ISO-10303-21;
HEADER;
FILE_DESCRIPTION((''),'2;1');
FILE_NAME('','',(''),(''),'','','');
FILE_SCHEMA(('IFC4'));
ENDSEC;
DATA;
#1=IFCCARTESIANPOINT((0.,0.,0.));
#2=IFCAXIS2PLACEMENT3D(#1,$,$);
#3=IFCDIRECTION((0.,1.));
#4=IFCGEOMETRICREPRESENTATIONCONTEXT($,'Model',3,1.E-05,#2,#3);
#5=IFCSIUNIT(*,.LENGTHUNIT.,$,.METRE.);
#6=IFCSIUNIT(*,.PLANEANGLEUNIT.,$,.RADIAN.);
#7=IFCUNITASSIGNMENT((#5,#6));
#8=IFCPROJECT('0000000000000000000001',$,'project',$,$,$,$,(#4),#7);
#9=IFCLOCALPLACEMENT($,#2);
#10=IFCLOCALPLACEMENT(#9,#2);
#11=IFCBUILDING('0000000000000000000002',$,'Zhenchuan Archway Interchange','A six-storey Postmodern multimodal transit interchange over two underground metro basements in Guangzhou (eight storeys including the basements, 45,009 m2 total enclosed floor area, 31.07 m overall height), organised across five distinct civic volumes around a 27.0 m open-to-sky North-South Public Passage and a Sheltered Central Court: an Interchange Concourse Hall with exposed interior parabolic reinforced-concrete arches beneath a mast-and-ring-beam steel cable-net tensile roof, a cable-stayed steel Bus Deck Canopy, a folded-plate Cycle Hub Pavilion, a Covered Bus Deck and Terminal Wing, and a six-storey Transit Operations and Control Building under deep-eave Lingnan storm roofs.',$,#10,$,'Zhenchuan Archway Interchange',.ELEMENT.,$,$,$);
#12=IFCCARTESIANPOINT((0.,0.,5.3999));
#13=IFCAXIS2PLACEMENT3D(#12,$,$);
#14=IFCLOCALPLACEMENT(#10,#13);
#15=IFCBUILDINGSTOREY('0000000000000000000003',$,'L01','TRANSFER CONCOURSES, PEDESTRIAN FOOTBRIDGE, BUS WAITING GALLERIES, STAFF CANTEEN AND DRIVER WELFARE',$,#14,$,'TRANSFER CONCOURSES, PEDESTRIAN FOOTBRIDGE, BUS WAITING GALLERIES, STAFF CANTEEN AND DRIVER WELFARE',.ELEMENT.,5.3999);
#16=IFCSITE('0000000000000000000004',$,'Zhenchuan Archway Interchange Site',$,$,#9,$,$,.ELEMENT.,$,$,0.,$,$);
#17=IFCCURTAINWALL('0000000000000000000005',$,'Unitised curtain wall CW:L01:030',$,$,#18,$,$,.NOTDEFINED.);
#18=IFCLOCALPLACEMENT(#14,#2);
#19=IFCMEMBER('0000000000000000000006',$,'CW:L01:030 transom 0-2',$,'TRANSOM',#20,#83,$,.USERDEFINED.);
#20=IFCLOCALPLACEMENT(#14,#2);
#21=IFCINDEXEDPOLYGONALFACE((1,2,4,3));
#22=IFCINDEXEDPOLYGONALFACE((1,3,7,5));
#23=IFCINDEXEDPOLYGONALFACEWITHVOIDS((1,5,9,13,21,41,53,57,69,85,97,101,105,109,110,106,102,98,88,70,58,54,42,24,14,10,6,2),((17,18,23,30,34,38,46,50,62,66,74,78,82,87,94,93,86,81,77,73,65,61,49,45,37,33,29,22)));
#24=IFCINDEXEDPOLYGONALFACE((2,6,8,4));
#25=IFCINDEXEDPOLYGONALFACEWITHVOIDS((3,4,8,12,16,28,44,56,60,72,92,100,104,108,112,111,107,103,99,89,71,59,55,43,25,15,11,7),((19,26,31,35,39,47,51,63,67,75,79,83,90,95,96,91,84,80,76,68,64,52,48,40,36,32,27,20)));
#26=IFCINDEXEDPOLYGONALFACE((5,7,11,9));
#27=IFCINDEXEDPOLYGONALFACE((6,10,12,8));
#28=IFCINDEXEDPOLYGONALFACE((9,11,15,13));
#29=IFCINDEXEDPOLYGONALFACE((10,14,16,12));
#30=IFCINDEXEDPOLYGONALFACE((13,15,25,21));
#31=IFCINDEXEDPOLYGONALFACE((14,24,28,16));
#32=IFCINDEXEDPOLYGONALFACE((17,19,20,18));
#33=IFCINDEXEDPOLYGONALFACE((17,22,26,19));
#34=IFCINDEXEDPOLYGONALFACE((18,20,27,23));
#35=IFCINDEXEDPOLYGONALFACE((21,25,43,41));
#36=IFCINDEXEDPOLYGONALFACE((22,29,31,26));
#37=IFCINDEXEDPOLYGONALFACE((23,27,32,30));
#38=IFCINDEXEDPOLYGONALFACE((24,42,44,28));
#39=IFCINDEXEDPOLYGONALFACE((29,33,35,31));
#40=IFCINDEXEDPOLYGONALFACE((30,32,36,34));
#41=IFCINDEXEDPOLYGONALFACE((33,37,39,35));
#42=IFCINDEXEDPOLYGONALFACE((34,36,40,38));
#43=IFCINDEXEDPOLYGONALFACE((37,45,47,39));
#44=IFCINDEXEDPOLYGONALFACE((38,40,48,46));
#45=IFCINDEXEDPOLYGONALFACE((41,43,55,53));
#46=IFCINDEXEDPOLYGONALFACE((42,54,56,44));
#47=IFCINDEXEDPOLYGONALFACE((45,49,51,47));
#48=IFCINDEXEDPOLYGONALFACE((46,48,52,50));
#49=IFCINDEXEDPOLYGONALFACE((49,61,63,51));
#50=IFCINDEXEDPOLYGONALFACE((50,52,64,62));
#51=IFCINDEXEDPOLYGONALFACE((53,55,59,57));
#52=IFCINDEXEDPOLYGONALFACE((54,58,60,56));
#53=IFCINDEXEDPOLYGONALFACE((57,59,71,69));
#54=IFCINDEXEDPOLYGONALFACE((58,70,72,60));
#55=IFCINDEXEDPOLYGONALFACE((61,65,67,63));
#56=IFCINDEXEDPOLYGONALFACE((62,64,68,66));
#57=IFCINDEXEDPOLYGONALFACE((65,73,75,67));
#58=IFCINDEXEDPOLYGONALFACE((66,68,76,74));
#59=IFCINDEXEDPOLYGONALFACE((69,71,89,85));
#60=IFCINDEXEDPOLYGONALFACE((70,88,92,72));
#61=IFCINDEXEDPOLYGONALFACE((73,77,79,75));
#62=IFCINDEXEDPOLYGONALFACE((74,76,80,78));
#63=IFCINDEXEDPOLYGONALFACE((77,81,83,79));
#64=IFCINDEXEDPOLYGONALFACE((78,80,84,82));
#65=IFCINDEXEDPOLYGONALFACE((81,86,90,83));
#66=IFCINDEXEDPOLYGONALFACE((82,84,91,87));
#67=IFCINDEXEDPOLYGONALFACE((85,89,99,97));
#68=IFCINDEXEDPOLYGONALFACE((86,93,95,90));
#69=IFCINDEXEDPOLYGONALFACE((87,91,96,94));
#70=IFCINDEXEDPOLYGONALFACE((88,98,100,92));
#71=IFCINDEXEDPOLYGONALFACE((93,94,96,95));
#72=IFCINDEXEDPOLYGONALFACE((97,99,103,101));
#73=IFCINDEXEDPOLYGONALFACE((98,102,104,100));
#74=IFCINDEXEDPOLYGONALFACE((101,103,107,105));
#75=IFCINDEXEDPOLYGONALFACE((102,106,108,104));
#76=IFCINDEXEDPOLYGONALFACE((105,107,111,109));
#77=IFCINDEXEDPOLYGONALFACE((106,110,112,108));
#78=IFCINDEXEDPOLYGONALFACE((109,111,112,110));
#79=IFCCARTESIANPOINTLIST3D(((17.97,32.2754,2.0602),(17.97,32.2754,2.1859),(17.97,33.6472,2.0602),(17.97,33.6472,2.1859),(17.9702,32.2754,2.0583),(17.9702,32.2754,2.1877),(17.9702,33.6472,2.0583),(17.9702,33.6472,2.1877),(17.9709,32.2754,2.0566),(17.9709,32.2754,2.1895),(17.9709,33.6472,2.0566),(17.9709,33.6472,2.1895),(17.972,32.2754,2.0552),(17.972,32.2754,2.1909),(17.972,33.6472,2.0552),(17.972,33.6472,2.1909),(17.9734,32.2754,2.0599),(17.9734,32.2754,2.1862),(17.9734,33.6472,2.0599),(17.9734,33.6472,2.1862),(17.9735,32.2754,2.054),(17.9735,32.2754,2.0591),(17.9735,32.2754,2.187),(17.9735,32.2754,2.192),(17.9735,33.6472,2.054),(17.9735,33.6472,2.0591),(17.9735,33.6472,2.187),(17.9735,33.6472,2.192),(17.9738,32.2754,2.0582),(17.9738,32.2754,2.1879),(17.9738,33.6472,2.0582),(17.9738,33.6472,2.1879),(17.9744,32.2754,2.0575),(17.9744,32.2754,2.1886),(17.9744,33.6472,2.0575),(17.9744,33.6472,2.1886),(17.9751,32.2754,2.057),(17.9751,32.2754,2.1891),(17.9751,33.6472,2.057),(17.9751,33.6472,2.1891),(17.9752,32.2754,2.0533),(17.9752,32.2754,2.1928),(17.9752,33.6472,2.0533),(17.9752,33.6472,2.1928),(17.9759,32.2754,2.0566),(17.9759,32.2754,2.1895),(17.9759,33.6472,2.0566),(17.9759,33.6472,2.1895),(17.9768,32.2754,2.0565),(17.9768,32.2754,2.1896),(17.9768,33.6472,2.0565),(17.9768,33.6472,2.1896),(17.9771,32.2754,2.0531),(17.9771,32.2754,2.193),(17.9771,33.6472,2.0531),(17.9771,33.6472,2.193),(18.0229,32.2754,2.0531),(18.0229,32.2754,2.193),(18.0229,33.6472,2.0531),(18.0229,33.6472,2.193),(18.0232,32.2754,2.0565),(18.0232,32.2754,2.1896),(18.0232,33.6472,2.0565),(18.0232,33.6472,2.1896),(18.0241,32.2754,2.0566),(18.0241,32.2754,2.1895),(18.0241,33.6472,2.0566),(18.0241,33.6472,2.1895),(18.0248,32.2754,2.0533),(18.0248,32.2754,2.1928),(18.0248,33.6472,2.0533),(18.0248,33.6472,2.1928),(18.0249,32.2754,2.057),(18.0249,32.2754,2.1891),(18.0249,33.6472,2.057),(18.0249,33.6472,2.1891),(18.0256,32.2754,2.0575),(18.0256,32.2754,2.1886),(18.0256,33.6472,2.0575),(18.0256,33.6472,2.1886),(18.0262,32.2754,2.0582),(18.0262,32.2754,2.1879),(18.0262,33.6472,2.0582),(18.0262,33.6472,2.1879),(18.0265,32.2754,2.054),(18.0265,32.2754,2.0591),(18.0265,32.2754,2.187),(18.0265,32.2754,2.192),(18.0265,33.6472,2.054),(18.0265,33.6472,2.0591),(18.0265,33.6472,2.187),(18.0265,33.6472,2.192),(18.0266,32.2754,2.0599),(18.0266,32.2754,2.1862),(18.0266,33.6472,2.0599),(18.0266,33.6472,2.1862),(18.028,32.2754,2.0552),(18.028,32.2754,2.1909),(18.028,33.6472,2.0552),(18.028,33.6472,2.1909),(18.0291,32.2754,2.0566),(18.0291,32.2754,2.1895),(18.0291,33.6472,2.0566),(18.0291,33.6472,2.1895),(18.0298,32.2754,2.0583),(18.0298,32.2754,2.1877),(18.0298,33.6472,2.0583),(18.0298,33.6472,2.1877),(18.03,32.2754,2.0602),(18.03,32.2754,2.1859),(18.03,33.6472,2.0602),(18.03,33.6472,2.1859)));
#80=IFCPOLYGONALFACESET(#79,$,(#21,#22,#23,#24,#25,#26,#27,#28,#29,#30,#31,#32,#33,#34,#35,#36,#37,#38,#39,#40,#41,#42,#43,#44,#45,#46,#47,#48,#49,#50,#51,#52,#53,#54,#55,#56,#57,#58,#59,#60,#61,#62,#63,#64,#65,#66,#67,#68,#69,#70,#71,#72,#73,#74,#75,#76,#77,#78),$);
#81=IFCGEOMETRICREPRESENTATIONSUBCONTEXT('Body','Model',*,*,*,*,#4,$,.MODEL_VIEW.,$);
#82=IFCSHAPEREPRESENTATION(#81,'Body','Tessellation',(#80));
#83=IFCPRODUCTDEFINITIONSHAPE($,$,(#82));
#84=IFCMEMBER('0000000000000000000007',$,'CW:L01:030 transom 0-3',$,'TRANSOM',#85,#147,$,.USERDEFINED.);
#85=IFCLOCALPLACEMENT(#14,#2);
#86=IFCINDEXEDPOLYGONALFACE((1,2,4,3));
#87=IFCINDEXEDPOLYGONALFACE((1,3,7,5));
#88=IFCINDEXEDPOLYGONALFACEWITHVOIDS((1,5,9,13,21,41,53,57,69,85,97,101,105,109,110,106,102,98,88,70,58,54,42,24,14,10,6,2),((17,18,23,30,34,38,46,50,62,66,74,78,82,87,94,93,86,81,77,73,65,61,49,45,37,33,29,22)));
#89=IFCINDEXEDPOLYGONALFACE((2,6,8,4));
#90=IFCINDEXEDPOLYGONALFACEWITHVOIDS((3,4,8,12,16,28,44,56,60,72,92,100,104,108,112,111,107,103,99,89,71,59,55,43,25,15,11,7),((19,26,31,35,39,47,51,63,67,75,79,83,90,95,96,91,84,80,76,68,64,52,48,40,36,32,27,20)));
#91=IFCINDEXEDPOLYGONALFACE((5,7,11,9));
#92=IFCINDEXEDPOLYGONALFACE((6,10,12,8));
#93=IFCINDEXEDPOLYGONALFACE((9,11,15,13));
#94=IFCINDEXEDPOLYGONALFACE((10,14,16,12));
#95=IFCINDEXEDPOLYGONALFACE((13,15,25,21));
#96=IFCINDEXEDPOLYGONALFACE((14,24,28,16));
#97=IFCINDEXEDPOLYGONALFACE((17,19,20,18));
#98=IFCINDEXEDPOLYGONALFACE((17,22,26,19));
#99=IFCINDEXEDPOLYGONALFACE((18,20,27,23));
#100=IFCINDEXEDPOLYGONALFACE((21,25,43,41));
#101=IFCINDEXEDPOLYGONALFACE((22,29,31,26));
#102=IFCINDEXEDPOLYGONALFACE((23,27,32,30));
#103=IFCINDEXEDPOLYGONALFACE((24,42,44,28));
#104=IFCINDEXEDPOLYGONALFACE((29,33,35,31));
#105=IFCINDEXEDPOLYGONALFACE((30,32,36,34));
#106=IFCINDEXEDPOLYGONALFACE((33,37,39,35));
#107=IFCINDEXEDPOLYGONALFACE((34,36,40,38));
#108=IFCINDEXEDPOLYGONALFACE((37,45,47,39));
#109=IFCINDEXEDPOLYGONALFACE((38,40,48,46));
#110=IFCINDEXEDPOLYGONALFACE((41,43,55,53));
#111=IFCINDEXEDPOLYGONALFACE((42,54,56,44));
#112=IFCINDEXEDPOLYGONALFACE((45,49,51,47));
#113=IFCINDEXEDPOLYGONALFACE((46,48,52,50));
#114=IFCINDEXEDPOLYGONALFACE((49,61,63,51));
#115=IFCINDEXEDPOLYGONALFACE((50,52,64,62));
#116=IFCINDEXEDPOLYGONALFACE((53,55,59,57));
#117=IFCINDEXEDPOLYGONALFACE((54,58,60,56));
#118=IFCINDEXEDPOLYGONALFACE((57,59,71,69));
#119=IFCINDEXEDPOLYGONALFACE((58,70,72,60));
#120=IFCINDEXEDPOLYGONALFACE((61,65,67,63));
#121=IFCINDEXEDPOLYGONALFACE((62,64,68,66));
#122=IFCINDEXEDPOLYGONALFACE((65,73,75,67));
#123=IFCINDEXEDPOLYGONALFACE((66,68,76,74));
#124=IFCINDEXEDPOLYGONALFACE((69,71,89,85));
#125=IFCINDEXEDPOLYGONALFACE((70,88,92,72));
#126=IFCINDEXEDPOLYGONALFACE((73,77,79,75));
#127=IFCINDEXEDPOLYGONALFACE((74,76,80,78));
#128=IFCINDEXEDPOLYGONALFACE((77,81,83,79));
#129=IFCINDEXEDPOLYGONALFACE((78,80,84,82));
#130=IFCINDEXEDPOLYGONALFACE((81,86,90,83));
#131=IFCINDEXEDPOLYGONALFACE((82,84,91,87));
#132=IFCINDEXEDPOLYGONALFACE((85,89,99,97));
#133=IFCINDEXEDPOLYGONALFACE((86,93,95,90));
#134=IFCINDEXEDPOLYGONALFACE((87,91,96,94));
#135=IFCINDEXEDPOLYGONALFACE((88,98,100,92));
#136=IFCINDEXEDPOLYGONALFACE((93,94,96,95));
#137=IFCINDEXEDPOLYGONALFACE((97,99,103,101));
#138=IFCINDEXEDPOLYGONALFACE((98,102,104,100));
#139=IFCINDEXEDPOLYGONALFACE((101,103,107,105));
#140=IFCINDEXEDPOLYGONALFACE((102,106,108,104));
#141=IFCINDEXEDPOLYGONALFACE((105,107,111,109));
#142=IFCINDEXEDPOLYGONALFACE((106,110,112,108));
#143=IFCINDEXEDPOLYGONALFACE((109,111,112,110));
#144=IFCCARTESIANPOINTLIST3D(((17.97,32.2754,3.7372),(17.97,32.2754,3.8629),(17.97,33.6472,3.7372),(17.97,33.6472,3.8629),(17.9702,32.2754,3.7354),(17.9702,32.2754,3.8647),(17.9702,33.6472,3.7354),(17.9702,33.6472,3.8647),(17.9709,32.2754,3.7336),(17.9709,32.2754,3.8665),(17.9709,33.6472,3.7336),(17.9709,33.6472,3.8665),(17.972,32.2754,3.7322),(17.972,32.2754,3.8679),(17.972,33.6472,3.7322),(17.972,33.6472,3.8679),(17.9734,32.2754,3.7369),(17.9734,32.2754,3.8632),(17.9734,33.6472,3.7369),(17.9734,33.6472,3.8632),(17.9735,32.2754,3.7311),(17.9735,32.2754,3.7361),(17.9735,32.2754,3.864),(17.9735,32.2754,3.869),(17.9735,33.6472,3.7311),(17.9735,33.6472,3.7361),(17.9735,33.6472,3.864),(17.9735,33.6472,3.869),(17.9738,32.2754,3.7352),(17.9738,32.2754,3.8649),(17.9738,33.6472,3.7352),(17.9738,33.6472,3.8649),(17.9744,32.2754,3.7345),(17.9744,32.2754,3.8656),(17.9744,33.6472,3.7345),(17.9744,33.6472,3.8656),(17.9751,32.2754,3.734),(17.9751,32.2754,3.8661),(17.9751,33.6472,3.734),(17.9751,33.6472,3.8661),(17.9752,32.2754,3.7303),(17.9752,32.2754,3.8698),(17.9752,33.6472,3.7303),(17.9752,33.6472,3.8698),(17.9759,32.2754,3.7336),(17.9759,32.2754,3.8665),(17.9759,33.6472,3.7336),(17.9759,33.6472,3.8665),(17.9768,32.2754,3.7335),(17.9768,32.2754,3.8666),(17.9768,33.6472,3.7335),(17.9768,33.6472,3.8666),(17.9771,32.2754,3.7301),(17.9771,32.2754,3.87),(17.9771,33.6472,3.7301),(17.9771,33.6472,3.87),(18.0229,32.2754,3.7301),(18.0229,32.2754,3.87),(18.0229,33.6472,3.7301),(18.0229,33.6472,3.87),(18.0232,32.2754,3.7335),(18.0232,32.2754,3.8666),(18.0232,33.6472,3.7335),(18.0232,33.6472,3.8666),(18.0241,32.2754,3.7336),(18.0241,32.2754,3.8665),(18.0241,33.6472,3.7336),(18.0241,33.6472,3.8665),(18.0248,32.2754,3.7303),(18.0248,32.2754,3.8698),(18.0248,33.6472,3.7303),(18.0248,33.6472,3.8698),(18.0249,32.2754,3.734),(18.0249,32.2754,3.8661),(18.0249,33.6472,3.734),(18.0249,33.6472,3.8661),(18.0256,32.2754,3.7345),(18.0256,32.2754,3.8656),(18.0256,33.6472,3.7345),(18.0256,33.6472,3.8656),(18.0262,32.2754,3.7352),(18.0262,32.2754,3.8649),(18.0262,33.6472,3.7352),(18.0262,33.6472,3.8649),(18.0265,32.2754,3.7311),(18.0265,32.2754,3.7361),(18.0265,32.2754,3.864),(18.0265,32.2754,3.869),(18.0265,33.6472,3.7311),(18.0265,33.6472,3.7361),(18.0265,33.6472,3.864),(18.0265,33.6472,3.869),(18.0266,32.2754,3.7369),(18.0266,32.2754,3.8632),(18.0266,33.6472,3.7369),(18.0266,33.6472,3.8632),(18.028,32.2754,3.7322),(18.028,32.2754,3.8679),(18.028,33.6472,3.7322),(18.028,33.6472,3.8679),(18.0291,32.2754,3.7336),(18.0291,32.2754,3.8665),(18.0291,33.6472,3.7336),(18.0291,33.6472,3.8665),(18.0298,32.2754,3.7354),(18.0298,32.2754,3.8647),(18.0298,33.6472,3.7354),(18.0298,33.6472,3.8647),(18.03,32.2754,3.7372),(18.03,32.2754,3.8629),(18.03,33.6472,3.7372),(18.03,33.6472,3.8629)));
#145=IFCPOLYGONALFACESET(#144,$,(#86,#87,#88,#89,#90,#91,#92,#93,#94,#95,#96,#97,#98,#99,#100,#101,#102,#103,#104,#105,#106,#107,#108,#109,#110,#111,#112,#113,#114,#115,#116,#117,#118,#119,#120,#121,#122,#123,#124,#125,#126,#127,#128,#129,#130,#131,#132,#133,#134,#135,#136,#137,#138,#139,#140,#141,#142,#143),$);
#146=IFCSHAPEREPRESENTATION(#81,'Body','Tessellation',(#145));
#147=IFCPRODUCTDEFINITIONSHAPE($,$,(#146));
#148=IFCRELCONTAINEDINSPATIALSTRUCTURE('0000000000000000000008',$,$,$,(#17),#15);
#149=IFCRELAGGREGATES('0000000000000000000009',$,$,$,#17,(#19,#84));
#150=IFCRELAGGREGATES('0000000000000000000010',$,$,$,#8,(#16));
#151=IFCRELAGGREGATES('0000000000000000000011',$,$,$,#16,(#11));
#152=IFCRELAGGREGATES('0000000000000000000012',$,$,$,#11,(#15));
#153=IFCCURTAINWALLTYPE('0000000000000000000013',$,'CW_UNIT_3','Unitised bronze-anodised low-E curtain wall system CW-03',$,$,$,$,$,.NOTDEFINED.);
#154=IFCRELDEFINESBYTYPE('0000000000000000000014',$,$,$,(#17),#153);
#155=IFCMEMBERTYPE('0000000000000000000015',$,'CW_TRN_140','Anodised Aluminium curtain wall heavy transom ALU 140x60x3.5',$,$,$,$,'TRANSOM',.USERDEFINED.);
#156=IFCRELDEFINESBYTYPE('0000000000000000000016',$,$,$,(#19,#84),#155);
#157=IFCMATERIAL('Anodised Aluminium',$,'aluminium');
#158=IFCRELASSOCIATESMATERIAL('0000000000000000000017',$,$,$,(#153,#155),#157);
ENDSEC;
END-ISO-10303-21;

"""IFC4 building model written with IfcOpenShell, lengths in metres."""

from ifc_helpers import new_model, si_unit, direction, frame, origin, origin_2d, place, context, subcontext, project, spatial, hollow_rectangle, extrude, material, material_profile, profile_set, type_object, element, aggregate, save


model = new_model("IFC4")

# Units and contexts
model_context = context("Model", 3, precision=1e-05, world=origin(), true_north=direction((0.0, 1.0)))
body_context = subcontext(model_context, "Body", "Model", "MODEL_VIEW")
ifc_project = project(units=[si_unit("LENGTHUNIT", "METRE"), si_unit("PLANEANGLEUNIT", "RADIAN")], contexts=[model_context])

# Site, building, storey
site_placement = place(None, origin())
site = spatial("IfcSite", under=ifc_project, at=site_placement, Name="Zhenchuan Archway Interchange Site", CompositionType="ELEMENT", RefElevation=0.0)
building_placement = place(site_placement, origin())
building = spatial("IfcBuilding", under=site, at=building_placement, Name="Zhenchuan Archway Interchange", Description="A six-storey Postmodern multimodal transit interchange over two underground metro basements in Guangzhou (eight storeys including the basements, 45,009 m2 total enclosed floor area, 31.07 m overall height), organised across five distinct civic volumes around a 27.0 m open-to-sky North-South Public Passage and a Sheltered Central Court: an Interchange Concourse Hall with exposed interior parabolic reinforced-concrete arches beneath a mast-and-ring-beam steel cable-net tensile roof, a cable-stayed steel Bus Deck Canopy, a folded-plate Cycle Hub Pavilion, a Covered Bus Deck and Terminal Wing, and a six-storey Transit Operations and Control Building under deep-eave Lingnan storm roofs.", LongName="Zhenchuan Archway Interchange", CompositionType="ELEMENT")
storey_placement = place(building_placement, frame((0.0, 0.0, 5.3999)))
storey = spatial("IfcBuildingStorey", under=building, at=storey_placement, Name="L01", Description="TRANSFER CONCOURSES, PEDESTRIAN FOOTBRIDGE, BUS WAITING GALLERIES, STAFF CANTEEN AND DRIVER WELFARE", LongName="TRANSFER CONCOURSES, PEDESTRIAN FOOTBRIDGE, BUS WAITING GALLERIES, STAFF CANTEEN AND DRIVER WELFARE", CompositionType="ELEMENT", Elevation=5.3999)

# Curtain wall
ifc_material_1 = material(Name="Anodised Aluminium", Category="aluminium")
curtain_wall_type_1 = type_object("IfcCurtainWallType", Name="CW_UNIT_3", Description="Unitised bronze-anodised low-E curtain wall system CW-03", PredefinedType="NOTDEFINED", material=ifc_material_1)
curtain_wall_1_placement = place(storey_placement, origin())
curtain_wall_1 = element("IfcCurtainWall", 1, at=curtain_wall_1_placement, inside=storey, type_object=curtain_wall_type_1, Name="Unitised curtain wall CW:L01:030", PredefinedType="NOTDEFINED")

# Members
ifc_material_profile_1 = material_profile(ifc_material_1, hollow_rectangle(XDim=0.0601, YDim=0.1399, WallThickness=0.0034, InnerFilletRadius=0.0034, OuterFilletRadius=0.0071, at=origin_2d()), Name="ALU 140x60x3.5")
ifc_profile_set_1 = profile_set([ifc_material_profile_1], Name="Anodised Aluminium")
member_type_1 = type_object("IfcMemberType", Name="CW_TRN_140", Description="Anodised Aluminium curtain wall heavy transom ALU 140x60x3.5", ElementType="TRANSOM", PredefinedType="USERDEFINED", material=ifc_profile_set_1)
member_1_placement = place(storey_placement, frame((18.0, 32.2754, 2.123), z_axis=(0.0, 1.0, 0.0), x_axis=(-1.0, 0.0, 0.0)))
member_1 = element("IfcMember", 2, at=member_1_placement, type_object=member_type_1, Name="CW:L01:030 transom 0-2", ObjectType="TRANSOM", PredefinedType="USERDEFINED", context=body_context, shape_type="SweptSolid", body=[
    extrude(hollow_rectangle(XDim=0.0601, YDim=0.1399, WallThickness=0.0034, InnerFilletRadius=0.0034, OuterFilletRadius=0.0071, at=origin_2d()), origin(), (0.0, 0.0, 1.0), 1.3718),
])
member_2_placement = place(storey_placement, frame((18.0, 32.2754, 3.8), z_axis=(0.0, 1.0, 0.0), x_axis=(-1.0, 0.0, 0.0)))
member_2 = element("IfcMember", 3, at=member_2_placement, type_object=member_type_1, Name="CW:L01:030 transom 0-3", ObjectType="TRANSOM", PredefinedType="USERDEFINED", context=body_context, shape_type="SweptSolid", body=[
    extrude(hollow_rectangle(XDim=0.0601, YDim=0.1399, WallThickness=0.0034, InnerFilletRadius=0.0034, OuterFilletRadius=0.0071, at=origin_2d()), origin(), (0.0, 0.0, 1.0), 1.3718),
])

aggregate(curtain_wall_1, [member_1, member_2])

save(model, "model.ifc")
